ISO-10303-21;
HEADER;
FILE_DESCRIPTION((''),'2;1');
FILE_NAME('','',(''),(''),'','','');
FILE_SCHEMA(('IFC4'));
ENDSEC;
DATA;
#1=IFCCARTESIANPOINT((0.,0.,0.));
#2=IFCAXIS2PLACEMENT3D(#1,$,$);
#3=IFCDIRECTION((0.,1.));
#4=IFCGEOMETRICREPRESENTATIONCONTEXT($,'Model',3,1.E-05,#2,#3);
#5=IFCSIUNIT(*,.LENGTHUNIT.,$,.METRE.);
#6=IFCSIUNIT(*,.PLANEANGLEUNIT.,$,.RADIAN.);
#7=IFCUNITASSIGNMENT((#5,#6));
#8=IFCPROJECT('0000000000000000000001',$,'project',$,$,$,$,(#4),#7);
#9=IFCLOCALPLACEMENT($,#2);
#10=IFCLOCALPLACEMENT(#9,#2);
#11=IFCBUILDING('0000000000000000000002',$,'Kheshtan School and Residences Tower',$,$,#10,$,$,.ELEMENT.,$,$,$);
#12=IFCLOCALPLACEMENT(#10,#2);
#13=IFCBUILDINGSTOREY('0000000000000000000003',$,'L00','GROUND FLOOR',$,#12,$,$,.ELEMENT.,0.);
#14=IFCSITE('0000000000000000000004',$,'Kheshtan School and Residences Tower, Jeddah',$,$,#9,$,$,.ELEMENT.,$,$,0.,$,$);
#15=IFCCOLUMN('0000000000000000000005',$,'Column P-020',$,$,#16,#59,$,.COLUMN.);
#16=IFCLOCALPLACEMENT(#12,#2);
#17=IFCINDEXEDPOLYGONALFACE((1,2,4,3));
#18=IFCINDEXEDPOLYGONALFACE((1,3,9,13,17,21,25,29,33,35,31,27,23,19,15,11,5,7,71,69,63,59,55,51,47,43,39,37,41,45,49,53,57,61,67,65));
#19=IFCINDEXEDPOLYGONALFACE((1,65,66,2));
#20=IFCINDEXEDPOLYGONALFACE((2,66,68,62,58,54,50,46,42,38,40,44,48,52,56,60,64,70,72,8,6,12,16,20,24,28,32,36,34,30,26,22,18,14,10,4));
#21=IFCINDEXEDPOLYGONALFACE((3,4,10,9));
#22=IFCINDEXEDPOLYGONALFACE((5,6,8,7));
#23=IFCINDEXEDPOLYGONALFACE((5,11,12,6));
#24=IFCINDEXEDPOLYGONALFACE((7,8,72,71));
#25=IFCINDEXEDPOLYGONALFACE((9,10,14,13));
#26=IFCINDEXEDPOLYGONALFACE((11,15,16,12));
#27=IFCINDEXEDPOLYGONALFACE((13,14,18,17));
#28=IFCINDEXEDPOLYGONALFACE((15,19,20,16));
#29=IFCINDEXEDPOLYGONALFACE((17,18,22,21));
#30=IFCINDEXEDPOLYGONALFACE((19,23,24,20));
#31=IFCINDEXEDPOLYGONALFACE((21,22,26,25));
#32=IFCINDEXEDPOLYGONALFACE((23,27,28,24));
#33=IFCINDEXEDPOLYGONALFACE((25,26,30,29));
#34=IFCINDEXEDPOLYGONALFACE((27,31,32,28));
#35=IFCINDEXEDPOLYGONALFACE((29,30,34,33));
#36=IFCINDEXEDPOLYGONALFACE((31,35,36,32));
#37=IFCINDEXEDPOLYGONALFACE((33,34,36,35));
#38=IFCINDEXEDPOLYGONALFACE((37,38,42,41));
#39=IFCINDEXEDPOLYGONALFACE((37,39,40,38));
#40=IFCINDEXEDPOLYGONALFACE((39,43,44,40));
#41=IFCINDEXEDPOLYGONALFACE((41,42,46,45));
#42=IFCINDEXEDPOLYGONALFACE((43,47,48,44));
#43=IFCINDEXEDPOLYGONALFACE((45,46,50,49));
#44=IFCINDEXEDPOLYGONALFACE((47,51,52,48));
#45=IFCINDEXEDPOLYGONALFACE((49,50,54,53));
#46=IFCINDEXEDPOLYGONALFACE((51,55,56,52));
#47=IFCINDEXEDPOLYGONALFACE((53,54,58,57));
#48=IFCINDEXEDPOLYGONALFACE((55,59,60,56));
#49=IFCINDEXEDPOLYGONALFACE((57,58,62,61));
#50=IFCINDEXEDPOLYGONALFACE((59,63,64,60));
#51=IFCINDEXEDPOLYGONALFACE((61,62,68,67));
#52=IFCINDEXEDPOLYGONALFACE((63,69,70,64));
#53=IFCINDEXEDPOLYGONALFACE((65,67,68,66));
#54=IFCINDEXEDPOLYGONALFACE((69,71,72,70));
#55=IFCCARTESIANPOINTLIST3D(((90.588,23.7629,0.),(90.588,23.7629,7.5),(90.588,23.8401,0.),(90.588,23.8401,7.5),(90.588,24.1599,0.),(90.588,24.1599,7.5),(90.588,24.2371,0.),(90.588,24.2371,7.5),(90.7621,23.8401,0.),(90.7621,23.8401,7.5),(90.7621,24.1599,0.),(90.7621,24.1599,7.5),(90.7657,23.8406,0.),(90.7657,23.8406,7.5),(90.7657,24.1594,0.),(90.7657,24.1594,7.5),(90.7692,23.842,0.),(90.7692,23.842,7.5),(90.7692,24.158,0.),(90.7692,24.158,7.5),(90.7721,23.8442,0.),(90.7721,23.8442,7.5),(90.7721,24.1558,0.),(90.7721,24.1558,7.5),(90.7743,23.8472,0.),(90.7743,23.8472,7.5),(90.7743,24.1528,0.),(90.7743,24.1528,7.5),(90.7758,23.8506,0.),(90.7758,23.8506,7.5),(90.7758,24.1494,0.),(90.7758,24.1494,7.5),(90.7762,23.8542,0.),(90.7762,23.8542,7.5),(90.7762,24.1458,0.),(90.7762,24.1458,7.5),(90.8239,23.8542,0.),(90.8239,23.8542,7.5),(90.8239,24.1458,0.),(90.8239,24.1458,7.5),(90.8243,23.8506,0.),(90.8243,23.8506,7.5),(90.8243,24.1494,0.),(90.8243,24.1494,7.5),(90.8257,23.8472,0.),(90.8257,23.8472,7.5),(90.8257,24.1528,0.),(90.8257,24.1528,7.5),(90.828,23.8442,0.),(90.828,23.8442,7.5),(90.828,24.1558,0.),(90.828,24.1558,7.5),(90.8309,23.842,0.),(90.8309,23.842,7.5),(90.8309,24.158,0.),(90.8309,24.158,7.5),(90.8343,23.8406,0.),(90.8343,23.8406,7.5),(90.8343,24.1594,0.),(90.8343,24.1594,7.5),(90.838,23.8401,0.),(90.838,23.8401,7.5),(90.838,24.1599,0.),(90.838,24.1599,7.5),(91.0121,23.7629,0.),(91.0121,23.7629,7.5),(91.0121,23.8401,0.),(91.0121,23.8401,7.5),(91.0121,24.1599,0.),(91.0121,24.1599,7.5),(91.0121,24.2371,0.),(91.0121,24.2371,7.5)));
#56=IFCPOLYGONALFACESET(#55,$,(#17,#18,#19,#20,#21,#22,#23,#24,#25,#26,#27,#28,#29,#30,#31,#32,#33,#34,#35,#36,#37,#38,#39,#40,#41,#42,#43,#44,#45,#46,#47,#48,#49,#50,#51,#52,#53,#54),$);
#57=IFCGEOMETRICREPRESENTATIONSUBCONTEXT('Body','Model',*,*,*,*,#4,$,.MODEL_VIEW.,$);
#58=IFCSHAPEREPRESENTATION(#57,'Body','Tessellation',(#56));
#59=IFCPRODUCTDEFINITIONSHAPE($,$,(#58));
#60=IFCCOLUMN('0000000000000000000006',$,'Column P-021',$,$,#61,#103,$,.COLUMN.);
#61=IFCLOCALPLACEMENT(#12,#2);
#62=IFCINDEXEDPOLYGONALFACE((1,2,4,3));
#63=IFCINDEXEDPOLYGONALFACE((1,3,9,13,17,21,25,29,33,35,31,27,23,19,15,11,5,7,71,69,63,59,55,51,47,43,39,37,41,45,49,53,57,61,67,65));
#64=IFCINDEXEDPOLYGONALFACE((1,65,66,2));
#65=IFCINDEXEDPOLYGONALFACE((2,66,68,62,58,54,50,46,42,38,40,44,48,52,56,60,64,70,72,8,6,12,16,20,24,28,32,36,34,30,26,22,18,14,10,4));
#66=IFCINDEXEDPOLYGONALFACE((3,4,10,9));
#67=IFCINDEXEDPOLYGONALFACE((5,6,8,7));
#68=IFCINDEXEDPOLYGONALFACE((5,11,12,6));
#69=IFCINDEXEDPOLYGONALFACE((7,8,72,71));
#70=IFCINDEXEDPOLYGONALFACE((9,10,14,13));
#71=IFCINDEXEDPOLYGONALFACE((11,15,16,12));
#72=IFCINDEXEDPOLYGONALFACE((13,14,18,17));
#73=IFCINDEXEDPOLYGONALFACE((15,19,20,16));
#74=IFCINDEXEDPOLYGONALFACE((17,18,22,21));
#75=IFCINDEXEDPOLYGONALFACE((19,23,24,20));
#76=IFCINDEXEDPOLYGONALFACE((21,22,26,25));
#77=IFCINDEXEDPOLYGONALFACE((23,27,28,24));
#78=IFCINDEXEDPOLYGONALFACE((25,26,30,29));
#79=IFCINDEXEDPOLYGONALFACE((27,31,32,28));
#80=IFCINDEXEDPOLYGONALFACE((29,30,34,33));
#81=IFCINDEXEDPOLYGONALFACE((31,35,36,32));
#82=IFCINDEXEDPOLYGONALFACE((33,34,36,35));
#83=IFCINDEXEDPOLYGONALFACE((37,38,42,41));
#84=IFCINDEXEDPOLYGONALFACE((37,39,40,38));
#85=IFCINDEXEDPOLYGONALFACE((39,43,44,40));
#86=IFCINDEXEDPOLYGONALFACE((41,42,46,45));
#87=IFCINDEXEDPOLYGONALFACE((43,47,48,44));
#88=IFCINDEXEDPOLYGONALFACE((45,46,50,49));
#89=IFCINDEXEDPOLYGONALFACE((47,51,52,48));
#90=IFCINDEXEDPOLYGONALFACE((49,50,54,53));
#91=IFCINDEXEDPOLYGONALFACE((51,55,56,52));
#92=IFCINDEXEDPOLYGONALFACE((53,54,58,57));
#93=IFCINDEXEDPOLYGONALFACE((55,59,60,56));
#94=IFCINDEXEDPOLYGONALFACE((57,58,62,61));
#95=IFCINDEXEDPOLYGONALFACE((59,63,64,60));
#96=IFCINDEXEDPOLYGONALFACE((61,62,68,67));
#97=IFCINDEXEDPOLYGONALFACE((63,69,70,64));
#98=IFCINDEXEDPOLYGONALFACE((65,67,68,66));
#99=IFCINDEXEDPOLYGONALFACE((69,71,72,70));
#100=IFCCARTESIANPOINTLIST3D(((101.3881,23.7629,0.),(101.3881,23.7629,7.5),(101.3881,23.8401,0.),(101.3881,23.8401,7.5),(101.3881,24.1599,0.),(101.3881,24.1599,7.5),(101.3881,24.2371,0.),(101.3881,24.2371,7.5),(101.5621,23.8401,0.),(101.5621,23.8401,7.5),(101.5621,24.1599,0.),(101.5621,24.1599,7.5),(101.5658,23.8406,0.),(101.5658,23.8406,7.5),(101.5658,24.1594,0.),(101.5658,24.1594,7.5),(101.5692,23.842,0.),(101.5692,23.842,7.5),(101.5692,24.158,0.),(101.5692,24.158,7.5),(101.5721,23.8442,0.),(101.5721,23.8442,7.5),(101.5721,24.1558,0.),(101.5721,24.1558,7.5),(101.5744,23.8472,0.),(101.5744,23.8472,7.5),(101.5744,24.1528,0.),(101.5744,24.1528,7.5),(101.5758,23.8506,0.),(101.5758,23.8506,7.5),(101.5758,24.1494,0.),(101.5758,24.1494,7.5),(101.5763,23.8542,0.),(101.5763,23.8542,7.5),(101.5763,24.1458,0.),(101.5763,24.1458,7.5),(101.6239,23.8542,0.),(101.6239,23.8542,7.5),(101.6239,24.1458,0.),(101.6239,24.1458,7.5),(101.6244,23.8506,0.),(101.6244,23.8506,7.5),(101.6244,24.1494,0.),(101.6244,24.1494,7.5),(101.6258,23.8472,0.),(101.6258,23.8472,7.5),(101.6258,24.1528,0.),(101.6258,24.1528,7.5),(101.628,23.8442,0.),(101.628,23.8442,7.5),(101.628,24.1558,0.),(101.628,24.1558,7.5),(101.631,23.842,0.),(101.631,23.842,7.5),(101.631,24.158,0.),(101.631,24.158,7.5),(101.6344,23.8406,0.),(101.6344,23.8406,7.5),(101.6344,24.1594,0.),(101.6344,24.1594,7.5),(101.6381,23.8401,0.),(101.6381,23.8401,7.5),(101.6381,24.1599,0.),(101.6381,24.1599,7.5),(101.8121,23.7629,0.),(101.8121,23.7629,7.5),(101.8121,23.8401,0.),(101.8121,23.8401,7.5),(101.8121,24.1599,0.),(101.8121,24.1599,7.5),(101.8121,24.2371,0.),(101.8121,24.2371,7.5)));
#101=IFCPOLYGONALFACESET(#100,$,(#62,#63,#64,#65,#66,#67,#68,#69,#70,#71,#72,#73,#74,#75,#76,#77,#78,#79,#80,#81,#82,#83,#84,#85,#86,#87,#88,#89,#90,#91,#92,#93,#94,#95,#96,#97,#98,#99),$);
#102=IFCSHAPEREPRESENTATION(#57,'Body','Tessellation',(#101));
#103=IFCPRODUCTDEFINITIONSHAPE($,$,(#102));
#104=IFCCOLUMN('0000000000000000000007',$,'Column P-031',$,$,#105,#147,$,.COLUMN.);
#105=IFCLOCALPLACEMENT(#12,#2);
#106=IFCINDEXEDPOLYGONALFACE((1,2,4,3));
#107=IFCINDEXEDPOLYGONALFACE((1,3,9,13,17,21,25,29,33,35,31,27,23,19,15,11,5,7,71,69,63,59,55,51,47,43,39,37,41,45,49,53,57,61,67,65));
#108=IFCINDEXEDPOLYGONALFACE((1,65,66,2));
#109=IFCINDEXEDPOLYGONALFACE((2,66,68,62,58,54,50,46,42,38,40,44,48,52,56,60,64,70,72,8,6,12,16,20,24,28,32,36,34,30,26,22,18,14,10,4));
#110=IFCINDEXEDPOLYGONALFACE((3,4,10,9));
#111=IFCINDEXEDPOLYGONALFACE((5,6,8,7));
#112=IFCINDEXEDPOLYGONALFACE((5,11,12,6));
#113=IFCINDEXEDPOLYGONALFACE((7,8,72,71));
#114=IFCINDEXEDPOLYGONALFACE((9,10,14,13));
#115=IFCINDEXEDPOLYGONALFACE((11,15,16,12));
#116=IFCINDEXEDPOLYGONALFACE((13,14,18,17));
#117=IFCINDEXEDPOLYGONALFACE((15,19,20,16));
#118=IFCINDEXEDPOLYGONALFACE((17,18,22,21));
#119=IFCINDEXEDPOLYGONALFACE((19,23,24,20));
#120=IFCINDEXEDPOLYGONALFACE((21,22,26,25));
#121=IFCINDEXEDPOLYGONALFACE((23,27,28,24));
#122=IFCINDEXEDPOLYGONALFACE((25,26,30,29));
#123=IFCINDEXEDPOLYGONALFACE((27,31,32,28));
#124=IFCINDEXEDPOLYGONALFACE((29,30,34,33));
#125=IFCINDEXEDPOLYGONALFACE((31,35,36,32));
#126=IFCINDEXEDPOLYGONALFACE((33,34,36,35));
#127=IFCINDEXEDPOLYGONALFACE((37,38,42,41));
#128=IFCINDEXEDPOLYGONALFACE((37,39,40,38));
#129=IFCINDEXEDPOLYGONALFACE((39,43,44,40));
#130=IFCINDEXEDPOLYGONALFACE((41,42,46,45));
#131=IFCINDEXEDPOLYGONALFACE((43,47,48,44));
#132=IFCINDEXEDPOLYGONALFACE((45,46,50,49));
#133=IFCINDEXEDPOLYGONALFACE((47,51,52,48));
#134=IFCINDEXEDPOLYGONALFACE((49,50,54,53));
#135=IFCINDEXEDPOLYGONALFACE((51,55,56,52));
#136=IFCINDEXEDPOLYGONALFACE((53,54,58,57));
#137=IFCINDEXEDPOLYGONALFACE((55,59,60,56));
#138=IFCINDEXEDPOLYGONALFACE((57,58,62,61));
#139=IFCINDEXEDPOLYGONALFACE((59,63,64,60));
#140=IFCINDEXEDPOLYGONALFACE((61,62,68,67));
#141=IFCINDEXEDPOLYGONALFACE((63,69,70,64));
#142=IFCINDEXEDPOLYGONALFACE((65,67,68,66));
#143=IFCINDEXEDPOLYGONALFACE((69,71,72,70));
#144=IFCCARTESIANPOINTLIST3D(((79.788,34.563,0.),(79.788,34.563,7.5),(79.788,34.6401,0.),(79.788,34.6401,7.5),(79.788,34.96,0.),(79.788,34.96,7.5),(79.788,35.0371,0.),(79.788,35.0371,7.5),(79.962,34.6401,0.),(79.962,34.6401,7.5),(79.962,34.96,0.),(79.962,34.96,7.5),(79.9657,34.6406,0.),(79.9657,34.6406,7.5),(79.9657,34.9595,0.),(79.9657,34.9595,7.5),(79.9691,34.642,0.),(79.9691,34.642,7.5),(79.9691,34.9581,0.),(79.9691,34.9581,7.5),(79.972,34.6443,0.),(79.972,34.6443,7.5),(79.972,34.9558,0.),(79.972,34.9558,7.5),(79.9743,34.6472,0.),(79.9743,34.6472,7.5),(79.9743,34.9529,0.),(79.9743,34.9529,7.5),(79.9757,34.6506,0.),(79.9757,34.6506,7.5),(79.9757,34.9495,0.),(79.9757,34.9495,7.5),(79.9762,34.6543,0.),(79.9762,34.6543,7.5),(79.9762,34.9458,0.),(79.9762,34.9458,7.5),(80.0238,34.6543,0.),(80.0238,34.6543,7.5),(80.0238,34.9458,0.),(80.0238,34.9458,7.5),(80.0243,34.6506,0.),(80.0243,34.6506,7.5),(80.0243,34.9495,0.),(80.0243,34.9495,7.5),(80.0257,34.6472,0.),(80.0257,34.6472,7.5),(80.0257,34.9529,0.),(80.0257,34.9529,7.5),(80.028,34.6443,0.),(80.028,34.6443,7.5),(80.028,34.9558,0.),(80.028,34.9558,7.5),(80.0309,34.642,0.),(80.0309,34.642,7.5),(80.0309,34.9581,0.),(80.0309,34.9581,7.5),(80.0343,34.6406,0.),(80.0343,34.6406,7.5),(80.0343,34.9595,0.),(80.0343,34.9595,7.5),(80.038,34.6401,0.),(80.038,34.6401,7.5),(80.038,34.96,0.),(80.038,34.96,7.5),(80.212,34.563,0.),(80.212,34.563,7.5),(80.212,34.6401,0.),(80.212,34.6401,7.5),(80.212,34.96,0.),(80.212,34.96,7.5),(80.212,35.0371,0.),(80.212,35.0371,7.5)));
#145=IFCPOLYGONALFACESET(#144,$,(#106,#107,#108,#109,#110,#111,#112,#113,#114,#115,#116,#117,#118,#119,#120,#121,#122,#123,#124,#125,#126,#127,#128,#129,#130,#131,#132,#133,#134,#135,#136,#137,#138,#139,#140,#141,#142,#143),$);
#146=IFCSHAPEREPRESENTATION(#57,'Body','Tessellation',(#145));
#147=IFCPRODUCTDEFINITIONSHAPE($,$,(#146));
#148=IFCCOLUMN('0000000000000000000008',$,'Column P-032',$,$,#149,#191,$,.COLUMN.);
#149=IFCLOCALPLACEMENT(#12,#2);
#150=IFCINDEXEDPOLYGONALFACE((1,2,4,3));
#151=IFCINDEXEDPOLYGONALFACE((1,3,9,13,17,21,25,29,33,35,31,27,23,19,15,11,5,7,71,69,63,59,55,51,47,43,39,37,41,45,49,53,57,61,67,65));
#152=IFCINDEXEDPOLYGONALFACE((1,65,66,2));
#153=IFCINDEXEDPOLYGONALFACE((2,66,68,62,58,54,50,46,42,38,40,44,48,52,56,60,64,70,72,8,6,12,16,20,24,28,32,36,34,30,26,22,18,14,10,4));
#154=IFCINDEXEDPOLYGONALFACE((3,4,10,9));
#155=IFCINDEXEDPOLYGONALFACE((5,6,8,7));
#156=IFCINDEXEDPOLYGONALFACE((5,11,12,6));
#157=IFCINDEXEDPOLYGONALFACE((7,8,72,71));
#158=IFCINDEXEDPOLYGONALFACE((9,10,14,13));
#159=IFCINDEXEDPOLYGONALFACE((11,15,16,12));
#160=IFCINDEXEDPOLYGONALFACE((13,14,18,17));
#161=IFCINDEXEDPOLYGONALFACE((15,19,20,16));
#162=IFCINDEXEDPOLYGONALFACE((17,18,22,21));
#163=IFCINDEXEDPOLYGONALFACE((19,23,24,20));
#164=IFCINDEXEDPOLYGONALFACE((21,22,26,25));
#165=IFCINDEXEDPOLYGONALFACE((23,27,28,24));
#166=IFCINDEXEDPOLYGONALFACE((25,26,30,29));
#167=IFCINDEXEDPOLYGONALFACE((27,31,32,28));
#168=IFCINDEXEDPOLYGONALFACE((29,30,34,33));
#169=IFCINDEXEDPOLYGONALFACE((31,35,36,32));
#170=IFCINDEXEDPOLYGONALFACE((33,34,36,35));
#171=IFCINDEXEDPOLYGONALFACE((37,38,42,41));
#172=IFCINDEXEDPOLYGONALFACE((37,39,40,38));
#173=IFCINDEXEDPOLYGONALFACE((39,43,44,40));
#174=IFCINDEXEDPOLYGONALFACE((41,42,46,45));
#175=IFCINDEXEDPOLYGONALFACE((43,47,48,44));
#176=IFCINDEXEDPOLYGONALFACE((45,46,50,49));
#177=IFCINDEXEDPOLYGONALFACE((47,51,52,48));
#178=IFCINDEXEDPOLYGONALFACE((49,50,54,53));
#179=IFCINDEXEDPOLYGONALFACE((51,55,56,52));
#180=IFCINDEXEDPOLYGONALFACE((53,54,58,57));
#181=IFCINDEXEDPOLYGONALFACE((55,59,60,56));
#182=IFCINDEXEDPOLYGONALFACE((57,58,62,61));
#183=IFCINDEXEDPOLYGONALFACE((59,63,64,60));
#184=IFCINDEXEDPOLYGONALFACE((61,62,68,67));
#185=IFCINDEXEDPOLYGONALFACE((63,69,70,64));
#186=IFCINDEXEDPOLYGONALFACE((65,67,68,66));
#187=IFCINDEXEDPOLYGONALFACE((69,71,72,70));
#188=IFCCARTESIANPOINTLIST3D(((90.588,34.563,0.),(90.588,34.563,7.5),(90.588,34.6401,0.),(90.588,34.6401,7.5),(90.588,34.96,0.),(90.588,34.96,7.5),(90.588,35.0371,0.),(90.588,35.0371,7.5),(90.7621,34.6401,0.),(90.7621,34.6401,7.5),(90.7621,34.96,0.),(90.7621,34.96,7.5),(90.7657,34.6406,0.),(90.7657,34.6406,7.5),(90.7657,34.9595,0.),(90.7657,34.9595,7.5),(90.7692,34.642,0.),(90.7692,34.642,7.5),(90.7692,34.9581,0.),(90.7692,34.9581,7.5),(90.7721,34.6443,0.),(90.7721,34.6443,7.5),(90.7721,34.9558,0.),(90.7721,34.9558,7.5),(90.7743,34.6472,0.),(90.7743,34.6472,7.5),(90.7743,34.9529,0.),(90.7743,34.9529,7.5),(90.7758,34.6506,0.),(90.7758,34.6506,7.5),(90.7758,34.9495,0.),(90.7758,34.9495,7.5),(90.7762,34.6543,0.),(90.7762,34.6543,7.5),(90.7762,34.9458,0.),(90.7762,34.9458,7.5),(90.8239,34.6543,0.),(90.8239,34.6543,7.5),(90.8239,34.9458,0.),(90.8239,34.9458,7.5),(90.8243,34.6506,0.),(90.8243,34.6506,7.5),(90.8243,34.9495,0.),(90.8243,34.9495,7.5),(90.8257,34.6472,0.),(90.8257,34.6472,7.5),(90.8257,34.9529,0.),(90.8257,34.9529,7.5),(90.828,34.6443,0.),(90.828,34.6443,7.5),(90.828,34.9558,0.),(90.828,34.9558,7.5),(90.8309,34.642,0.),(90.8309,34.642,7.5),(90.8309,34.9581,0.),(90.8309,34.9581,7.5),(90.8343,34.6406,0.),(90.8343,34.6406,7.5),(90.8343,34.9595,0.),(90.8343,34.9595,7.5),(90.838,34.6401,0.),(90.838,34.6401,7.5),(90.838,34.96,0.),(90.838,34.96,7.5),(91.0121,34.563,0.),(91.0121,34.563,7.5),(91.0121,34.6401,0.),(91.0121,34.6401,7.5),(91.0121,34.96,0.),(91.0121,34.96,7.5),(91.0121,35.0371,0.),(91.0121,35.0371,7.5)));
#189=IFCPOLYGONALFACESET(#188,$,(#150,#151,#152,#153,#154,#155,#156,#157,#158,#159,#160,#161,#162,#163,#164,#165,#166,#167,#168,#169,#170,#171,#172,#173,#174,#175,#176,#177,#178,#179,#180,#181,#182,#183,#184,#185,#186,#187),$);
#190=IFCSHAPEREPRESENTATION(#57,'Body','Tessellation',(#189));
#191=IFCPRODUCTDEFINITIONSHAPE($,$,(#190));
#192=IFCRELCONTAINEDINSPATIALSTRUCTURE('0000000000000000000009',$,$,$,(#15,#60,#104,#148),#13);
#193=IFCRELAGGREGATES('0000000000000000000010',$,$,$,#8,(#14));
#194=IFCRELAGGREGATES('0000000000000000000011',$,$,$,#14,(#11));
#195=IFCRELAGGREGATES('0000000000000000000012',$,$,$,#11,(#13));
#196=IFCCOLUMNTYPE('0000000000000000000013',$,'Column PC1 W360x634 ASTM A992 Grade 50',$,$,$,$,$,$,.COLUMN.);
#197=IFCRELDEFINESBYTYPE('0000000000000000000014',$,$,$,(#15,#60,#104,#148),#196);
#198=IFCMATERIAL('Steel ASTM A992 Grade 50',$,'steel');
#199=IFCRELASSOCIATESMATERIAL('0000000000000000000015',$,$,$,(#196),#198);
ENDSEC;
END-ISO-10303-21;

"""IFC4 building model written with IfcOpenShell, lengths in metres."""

from ifc_helpers import new_model, si_unit, direction, frame, origin, origin_2d, place, context, subcontext, project, spatial, i_section, extrude, material, material_profile, profile_set, type_object, element, save


model = new_model("IFC4")

# Units and contexts
model_context = context("Model", 3, precision=1e-05, world=origin(), true_north=direction((0.0, 1.0)))
body_context = subcontext(model_context, "Body", "Model", "MODEL_VIEW")
ifc_project = project(units=[si_unit("LENGTHUNIT", "METRE"), si_unit("PLANEANGLEUNIT", "RADIAN")], contexts=[model_context])

# Site, building, storey
site_placement = place(None, origin())
site = spatial("IfcSite", under=ifc_project, at=site_placement, Name="Kheshtan School and Residences Tower, Jeddah", CompositionType="ELEMENT", RefElevation=0.0)
building_placement = place(site_placement, origin())
building = spatial("IfcBuilding", under=site, at=building_placement, Name="Kheshtan School and Residences Tower", CompositionType="ELEMENT")
storey_placement = place(building_placement, origin())
storey = spatial("IfcBuildingStorey", under=building, at=storey_placement, Name="L00", Description="GROUND FLOOR", CompositionType="ELEMENT", Elevation=0.0)

# Columns
ifc_material_1 = material(Name="Steel ASTM A992 Grade 50", Category="steel")
ifc_material_profile = material_profile(ifc_material_1, i_section(OverallWidth=0.4241, OverallDepth=0.4741, WebThickness=0.0476, FlangeThickness=0.0771, FilletRadius=0.0142, at=origin_2d()), Name="W360x634")
ifc_profile_set = profile_set([ifc_material_profile], Name="Steel ASTM A992 Grade 50")
column_type = type_object("IfcColumnType", Name="Column PC1 W360x634 ASTM A992 Grade 50", PredefinedType="COLUMN", material=ifc_profile_set)
for number, where, z_axis, x_axis, name in (
    (1, (90.8, 24.0, 0.0), (0.0, 0.0, 1.0), (1.0, 0.0, 0.0), "Column P-020"),
    (2, (101.6001, 24.0, 0.0), (0.0, 0.0, 1.0), (1.0, 0.0, 0.0), "Column P-021"),
    (3, (80.0, 34.8, 0.0), (0.0, 0.0, 1.0), (1.0, 0.0, 0.0), "Column P-031"),
    (4, (90.8, 34.8, 0.0), (0.0, 0.0, 1.0), (1.0, 0.0, 0.0), "Column P-032"),
):
    element("IfcColumn", number, at=place(storey_placement, frame(where, z_axis=z_axis, x_axis=x_axis)), inside=storey, type_object=column_type, Name=name, PredefinedType="COLUMN", context=body_context, shape_type="SweptSolid", body=[
        extrude(i_section(OverallWidth=0.4241, OverallDepth=0.4741, WebThickness=0.0476, FlangeThickness=0.0771, FilletRadius=0.0142, at=origin_2d()), origin(), (0.0, 0.0, 1.0), 7.5),
    ])

save(model, "model.ifc")
